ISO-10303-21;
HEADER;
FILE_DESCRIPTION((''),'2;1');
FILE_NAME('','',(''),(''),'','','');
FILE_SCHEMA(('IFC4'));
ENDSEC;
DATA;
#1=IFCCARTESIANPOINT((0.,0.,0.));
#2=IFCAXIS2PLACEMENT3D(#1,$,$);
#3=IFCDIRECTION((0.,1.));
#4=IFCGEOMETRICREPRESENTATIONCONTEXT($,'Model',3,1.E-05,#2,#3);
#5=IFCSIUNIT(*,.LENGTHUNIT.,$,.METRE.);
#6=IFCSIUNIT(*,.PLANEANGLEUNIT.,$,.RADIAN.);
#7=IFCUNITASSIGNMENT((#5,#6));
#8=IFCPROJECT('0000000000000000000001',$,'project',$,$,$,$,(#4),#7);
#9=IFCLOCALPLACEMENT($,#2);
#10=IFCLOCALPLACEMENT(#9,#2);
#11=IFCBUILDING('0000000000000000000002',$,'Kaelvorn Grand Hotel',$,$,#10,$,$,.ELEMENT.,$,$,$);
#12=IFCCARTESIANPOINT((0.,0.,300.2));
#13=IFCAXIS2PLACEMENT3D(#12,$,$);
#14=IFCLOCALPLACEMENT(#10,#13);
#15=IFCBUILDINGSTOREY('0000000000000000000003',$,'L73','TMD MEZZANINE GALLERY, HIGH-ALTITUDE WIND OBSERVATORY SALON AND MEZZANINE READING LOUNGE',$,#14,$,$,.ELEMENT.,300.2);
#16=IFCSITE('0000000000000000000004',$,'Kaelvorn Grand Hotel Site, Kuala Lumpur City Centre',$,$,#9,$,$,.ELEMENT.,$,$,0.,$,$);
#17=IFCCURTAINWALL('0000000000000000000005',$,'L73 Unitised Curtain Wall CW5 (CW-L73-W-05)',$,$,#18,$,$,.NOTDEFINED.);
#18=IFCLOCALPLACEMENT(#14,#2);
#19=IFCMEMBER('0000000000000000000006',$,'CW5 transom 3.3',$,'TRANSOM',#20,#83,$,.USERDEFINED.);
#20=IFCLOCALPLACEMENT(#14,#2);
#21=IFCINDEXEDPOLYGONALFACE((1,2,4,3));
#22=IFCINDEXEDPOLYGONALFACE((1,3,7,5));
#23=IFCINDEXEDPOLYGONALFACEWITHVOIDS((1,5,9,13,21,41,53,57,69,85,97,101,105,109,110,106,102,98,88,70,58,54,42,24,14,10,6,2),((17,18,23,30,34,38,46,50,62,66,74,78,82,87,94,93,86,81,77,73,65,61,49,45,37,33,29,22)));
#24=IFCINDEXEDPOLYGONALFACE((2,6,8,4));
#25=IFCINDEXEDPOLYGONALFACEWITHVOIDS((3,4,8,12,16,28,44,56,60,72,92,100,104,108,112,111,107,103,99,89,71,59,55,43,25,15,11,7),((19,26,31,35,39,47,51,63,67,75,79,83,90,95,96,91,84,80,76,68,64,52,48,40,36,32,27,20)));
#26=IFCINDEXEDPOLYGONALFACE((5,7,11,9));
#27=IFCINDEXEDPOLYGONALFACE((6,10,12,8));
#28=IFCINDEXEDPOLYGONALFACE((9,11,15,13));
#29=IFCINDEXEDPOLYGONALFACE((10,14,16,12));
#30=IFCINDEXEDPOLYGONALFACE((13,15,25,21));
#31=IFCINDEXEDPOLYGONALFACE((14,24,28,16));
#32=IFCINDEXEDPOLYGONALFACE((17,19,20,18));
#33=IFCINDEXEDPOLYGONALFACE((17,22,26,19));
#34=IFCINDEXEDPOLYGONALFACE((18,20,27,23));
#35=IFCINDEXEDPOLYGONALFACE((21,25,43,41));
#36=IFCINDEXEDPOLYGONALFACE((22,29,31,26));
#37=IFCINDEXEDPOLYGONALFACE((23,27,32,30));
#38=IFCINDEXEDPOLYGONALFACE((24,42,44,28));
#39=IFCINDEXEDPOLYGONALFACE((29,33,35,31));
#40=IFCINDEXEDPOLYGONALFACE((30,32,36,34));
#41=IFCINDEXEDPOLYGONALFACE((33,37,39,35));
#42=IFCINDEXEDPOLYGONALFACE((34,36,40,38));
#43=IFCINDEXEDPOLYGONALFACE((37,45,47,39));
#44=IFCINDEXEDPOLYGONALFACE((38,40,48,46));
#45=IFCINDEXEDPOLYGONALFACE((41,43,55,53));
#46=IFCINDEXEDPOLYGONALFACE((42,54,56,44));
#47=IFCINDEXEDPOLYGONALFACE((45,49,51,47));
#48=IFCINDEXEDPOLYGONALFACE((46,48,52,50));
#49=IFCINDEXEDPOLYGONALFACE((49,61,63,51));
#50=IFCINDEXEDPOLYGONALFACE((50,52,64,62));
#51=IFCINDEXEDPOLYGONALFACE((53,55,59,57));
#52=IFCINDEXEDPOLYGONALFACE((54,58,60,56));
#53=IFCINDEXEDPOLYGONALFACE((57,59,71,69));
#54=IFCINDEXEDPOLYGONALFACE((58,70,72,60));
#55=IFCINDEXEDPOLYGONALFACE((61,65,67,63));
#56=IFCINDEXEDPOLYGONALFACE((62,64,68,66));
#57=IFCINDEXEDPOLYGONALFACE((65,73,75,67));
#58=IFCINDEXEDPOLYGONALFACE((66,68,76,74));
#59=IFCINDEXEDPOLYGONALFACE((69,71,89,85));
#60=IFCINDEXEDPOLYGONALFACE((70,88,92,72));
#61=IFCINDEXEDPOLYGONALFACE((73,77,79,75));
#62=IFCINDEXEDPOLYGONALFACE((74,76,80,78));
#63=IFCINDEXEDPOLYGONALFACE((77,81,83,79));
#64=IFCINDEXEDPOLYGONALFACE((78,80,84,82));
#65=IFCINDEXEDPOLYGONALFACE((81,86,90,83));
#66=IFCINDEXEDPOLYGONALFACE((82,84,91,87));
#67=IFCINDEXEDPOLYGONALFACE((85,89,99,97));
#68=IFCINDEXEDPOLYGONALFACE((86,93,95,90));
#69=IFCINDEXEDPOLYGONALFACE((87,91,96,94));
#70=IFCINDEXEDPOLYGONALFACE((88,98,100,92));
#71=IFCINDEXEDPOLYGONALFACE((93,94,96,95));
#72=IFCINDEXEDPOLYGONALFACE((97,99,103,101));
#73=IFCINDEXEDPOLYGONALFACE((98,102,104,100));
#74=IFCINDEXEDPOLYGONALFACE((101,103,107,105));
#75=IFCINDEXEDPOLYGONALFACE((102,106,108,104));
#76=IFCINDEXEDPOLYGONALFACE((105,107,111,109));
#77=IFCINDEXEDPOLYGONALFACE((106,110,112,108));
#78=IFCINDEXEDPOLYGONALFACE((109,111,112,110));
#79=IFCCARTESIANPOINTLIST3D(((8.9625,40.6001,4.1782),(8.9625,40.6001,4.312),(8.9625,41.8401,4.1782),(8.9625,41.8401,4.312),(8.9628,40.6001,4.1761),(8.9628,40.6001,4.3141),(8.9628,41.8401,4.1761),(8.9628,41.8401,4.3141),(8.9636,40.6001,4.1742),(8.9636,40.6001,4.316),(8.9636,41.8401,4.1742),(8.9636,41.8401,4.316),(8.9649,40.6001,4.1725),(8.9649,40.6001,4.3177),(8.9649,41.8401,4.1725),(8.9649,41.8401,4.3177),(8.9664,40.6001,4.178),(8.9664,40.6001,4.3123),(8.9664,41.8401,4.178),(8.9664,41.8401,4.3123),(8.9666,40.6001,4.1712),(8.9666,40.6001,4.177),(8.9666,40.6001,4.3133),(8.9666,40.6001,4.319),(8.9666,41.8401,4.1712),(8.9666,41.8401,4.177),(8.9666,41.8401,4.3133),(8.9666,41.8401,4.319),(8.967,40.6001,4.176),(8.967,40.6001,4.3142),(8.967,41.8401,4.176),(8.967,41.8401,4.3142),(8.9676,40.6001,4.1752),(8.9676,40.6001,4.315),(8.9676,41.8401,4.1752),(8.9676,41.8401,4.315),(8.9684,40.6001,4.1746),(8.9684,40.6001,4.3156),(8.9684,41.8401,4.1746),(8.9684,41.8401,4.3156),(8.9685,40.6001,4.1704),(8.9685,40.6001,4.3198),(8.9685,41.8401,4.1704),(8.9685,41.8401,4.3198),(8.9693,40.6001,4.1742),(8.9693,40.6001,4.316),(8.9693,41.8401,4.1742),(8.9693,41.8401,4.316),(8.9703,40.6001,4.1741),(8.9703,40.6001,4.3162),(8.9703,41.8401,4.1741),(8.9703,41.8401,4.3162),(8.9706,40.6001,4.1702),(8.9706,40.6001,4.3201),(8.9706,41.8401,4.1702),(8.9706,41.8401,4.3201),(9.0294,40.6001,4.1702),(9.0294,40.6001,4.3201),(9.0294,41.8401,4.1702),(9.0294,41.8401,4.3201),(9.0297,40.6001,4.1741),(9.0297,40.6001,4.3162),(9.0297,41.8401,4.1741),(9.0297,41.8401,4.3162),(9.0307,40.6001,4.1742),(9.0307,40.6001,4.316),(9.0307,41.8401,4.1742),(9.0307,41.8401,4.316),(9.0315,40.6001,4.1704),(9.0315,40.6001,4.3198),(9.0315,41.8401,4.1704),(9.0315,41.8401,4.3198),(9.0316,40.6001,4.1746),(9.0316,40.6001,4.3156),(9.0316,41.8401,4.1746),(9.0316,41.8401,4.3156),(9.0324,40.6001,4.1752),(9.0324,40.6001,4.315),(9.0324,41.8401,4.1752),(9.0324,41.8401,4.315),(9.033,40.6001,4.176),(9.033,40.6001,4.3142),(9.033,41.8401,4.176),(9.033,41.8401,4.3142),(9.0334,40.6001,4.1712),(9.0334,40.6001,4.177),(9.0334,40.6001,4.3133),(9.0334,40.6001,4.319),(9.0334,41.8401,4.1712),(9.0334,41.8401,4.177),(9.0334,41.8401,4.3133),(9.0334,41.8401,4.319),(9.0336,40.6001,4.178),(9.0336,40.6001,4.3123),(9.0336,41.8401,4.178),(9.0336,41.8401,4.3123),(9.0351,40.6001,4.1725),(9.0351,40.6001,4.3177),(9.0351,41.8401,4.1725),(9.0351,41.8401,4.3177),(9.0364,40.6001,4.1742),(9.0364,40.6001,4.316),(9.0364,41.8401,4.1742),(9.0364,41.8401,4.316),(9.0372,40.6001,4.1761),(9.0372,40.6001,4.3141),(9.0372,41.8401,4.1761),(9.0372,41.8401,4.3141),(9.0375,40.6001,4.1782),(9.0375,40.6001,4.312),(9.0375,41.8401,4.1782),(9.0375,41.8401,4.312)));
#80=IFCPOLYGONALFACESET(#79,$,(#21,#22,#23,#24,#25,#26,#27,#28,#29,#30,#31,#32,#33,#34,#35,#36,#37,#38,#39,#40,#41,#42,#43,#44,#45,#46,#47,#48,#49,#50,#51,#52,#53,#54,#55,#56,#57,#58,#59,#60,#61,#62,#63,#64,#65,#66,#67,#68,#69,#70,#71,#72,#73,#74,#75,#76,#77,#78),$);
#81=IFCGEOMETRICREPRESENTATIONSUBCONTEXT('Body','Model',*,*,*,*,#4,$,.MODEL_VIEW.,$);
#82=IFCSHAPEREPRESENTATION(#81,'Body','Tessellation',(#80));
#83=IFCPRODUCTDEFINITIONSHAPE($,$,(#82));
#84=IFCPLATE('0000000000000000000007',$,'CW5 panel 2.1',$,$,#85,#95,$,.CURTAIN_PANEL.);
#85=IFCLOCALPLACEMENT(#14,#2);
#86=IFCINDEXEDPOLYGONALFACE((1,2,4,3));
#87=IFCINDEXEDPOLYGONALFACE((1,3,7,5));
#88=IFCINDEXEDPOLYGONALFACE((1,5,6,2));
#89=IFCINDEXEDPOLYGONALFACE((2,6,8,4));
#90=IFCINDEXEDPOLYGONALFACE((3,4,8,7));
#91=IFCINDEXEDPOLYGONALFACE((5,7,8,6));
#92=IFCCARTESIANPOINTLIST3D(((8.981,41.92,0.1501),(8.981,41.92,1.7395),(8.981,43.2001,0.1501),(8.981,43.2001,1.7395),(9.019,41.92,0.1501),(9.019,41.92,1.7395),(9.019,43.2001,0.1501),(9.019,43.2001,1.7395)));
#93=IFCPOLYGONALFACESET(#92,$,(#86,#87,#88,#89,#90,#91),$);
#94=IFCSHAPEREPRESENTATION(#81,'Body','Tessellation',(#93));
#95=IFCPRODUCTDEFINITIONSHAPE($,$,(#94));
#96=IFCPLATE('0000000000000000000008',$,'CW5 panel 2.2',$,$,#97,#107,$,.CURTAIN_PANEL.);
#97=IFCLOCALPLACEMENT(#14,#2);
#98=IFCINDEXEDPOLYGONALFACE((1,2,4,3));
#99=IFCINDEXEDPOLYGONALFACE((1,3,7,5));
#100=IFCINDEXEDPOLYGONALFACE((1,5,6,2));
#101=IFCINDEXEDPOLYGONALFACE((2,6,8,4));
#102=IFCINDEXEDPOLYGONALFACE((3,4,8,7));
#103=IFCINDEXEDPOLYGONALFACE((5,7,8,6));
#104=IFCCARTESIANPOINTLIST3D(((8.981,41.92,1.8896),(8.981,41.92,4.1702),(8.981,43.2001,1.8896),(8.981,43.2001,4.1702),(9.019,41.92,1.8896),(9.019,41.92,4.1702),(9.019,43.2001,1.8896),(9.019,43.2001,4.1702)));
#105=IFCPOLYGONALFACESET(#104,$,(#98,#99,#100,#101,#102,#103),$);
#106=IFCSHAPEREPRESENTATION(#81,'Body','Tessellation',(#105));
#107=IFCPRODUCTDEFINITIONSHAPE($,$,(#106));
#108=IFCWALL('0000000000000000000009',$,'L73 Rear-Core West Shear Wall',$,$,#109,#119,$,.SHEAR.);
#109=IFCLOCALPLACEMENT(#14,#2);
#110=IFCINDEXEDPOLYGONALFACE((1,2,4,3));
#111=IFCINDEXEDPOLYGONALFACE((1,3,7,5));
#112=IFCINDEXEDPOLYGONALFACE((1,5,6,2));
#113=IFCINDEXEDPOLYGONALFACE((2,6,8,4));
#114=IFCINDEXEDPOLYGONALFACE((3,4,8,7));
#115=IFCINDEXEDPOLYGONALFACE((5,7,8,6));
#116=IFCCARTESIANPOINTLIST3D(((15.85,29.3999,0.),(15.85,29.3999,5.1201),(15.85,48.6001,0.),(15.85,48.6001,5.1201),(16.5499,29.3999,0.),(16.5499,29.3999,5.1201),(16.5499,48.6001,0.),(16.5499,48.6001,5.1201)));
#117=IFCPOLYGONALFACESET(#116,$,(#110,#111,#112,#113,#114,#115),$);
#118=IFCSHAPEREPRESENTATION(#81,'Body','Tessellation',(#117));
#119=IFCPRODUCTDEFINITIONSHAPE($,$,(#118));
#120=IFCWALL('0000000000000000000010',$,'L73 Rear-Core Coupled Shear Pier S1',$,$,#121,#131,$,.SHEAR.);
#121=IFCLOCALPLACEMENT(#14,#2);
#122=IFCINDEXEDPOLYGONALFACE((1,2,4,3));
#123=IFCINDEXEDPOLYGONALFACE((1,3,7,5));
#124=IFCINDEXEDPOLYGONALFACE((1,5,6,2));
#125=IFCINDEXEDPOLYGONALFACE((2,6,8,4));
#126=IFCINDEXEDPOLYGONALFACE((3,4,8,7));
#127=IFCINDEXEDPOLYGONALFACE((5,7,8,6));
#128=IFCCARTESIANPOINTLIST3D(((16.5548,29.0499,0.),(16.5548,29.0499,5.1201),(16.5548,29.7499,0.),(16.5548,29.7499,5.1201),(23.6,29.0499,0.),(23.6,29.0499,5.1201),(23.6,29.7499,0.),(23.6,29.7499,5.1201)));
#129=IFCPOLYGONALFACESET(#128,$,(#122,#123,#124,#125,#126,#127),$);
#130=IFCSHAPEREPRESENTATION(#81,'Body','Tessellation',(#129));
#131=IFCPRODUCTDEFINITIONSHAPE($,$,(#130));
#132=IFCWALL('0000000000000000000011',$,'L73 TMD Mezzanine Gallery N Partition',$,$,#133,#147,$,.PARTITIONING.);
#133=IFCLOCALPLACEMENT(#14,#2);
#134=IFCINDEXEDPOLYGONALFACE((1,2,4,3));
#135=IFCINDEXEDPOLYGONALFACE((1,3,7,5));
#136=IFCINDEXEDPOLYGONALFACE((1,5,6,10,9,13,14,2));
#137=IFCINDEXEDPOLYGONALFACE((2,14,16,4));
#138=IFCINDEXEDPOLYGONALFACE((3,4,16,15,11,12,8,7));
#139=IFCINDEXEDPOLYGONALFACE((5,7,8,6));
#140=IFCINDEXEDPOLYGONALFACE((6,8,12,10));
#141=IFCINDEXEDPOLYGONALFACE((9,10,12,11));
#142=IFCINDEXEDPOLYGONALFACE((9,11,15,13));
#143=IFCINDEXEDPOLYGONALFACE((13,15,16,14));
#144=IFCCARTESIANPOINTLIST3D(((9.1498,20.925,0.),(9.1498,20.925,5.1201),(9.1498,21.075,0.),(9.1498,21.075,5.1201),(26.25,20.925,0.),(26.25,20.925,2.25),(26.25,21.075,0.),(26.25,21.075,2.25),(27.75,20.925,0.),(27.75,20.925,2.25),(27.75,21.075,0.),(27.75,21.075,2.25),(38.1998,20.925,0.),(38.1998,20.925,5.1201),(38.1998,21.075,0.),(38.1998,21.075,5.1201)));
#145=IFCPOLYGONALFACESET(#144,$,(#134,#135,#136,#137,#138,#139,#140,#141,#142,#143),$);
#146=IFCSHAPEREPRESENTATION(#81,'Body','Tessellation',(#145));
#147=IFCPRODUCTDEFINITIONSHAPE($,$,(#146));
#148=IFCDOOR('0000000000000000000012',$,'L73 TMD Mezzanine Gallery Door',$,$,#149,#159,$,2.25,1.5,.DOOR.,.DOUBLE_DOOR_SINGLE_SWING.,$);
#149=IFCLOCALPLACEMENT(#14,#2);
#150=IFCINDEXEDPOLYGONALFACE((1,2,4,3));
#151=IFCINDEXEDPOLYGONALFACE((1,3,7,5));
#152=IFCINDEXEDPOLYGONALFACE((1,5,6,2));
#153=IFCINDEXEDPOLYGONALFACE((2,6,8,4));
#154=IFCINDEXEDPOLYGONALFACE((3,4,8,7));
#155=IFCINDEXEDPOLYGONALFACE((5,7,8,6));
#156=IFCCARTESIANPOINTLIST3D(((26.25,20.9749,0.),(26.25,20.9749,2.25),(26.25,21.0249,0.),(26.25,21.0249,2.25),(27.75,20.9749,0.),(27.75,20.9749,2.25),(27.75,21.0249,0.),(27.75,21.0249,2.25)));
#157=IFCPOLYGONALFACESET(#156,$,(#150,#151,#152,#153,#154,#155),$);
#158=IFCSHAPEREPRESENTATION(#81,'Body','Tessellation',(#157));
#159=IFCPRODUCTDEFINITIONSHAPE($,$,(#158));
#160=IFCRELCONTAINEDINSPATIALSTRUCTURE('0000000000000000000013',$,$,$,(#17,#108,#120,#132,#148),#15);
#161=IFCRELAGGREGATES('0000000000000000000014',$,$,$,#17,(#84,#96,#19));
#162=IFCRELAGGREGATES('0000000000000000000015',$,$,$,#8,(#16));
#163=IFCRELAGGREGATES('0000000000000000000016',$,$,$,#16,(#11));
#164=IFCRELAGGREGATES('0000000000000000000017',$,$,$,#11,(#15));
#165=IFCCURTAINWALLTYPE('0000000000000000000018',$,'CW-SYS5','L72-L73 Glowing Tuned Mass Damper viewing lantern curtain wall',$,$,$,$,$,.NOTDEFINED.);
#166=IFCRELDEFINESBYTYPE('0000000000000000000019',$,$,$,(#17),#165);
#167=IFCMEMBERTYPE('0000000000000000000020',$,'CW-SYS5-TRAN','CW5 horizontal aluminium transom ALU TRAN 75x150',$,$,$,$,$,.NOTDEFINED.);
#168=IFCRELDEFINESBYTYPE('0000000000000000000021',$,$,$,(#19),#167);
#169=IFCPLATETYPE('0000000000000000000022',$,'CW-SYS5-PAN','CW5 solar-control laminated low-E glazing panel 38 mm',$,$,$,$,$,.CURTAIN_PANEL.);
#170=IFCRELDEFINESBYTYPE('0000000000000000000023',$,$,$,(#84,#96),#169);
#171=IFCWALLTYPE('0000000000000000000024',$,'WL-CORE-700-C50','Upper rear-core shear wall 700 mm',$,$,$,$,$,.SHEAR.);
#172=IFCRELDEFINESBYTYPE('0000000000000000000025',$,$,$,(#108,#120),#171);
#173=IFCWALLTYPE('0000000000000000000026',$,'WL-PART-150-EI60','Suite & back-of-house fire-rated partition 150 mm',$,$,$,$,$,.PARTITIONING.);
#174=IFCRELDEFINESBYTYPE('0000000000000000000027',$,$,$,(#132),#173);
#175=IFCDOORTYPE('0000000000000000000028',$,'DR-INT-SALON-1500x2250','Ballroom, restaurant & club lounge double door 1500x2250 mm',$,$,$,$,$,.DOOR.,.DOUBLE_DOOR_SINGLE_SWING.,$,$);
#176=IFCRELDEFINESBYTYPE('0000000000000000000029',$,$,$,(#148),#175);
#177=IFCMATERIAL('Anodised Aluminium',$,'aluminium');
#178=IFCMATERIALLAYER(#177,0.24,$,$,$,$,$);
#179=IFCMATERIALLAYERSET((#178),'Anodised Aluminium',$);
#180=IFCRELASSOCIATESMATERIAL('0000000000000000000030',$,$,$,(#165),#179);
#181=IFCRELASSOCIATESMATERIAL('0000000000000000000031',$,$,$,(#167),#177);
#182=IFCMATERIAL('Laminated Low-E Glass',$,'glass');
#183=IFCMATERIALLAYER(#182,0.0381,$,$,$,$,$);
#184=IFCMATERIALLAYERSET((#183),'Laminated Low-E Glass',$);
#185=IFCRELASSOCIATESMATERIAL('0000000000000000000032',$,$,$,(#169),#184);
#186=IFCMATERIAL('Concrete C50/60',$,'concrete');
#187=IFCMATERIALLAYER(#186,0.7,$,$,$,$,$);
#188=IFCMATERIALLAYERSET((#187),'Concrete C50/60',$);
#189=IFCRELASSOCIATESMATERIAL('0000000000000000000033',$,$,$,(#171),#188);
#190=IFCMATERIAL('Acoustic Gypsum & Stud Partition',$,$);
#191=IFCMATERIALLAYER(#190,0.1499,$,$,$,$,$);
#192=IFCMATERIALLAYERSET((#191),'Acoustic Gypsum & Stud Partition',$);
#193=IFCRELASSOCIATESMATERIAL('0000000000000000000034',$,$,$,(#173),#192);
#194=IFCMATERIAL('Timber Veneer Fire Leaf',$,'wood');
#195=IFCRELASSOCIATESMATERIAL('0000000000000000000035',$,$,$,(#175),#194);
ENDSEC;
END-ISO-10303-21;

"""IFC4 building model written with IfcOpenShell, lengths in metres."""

from ifc_helpers import new_model, si_unit, direction, frame, frame_2d, origin, origin_2d, place, context, subcontext, project, spatial, rectangle, hollow_rectangle, extrude, material, layer, layer_set, material_profile, profile_set, type_object, element, fill, aggregate, save


model = new_model("IFC4")

# Units and contexts
model_context = context("Model", 3, precision=1e-05, world=origin(), true_north=direction((0.0, 1.0)))
body_context = subcontext(model_context, "Body", "Model", "MODEL_VIEW")
ifc_project = project(units=[si_unit("LENGTHUNIT", "METRE"), si_unit("PLANEANGLEUNIT", "RADIAN")], contexts=[model_context])

# Site, building, storey
site_placement = place(None, origin())
site = spatial("IfcSite", under=ifc_project, at=site_placement, Name="Kaelvorn Grand Hotel Site, Kuala Lumpur City Centre", CompositionType="ELEMENT", RefElevation=0.0)
building_placement = place(site_placement, origin())
building = spatial("IfcBuilding", under=site, at=building_placement, Name="Kaelvorn Grand Hotel", CompositionType="ELEMENT")
storey_placement = place(building_placement, frame((0.0, 0.0, 300.2)))
storey = spatial("IfcBuildingStorey", under=building, at=storey_placement, Name="L73", Description="TMD MEZZANINE GALLERY, HIGH-ALTITUDE WIND OBSERVATORY SALON AND MEZZANINE READING LOUNGE", CompositionType="ELEMENT", Elevation=300.2)

# Shared definitions
ifc_material_1 = material(Name="Concrete C50/60", Category="concrete")

# Curtain wall, member, plates
ifc_material_2 = material(Name="Anodised Aluminium", Category="aluminium")
ifc_layer_1 = layer(ifc_material_2, 0.24)
ifc_layer_set_1 = layer_set([ifc_layer_1], Name="Anodised Aluminium")
curtain_wall_type = type_object("IfcCurtainWallType", Name="CW-SYS5", Description="L72-L73 Glowing Tuned Mass Damper viewing lantern curtain wall", PredefinedType="NOTDEFINED", material=ifc_layer_set_1)
curtain_wall_placement = place(storey_placement, origin())
curtain_wall = element("IfcCurtainWall", 1, at=curtain_wall_placement, inside=storey, type_object=curtain_wall_type, Name="L73 Unitised Curtain Wall CW5 (CW-L73-W-05)", PredefinedType="NOTDEFINED")
ifc_material_profile_1 = material_profile(ifc_material_2, hollow_rectangle(XDim=0.075, YDim=0.1499, WallThickness=0.0039, InnerFilletRadius=0.0039, OuterFilletRadius=0.0081, at=origin_2d()), Name="ALU TRAN 75x150")
ifc_profile_set_1 = profile_set([ifc_material_profile_1], Name="Anodised Aluminium")
member_type_1 = type_object("IfcMemberType", Name="CW-SYS5-TRAN", Description="CW5 horizontal aluminium transom ALU TRAN 75x150", PredefinedType="NOTDEFINED", material=ifc_profile_set_1)
member_1_placement = place(storey_placement, frame((9.0, 41.8401, 4.2451), z_axis=(0.0, -1.0, 0.0), x_axis=(1.0, 0.0, 0.0)))
member_1 = element("IfcMember", 2, at=member_1_placement, type_object=member_type_1, Name="CW5 transom 3.3", ObjectType="TRANSOM", PredefinedType="USERDEFINED", context=body_context, shape_type="SweptSolid", body=[
    extrude(hollow_rectangle(XDim=0.075, YDim=0.1499, WallThickness=0.0039, InnerFilletRadius=0.0039, OuterFilletRadius=0.0081, at=origin_2d()), origin(), (0.0, 0.0, 1.0), 1.24),
])
ifc_material_3 = material(Name="Laminated Low-E Glass", Category="glass")
ifc_layer_2 = layer(ifc_material_3, 0.0381)
ifc_layer_set_2 = layer_set([ifc_layer_2], Name="Laminated Low-E Glass")
plate_type = type_object("IfcPlateType", Name="CW-SYS5-PAN", Description="CW5 solar-control laminated low-E glazing panel 38 mm", PredefinedType="CURTAIN_PANEL", material=ifc_layer_set_2)
plate_1_placement = place(storey_placement, frame((9.0, 42.5601, 0.1501), z_axis=(0.0, 0.0, 1.0), x_axis=(0.0, -1.0, 0.0)))
plate_1 = element("IfcPlate", 3, at=plate_1_placement, type_object=plate_type, Name="CW5 panel 2.1", PredefinedType="CURTAIN_PANEL", context=body_context, shape_type="SweptSolid", body=[
    extrude(rectangle(XDim=1.28, YDim=0.0381, at=origin_2d()), origin(), (0.0, 0.0, 1.0), 1.5894),
])
plate_2_placement = place(storey_placement, frame((9.0, 42.5601, 1.8896), z_axis=(0.0, 0.0, 1.0), x_axis=(0.0, -1.0, 0.0)))
plate_2 = element("IfcPlate", 4, at=plate_2_placement, type_object=plate_type, Name="CW5 panel 2.2", PredefinedType="CURTAIN_PANEL", context=body_context, shape_type="SweptSolid", body=[
    extrude(rectangle(XDim=1.28, YDim=0.0381, at=origin_2d()), origin(), (0.0, 0.0, 1.0), 2.2805),
])
aggregate(curtain_wall, [plate_1, plate_2, member_1])

# Walls
ifc_layer_3 = layer(ifc_material_1, 0.7)
ifc_layer_set_3 = layer_set([ifc_layer_3], Name="Concrete C50/60")
wall_type_1 = type_object("IfcWallType", Name="WL-CORE-700-C50", Description="Upper rear-core shear wall 700 mm", PredefinedType="SHEAR", material=ifc_layer_set_3)
wall_1_placement = place(storey_placement, frame((16.2, 29.3999, 0.0), z_axis=(0.0, 0.0, 1.0), x_axis=(0.0, 1.0, 0.0)))
element("IfcWall", 5, at=wall_1_placement, inside=storey, type_object=wall_type_1, Name="L73 Rear-Core West Shear Wall", PredefinedType="SHEAR", context=body_context, shape_type="SweptSolid", body=[
    extrude(rectangle(XDim=19.2002, YDim=0.7, at=frame_2d((9.6001, 0.0))), origin(), (0.0, 0.0, 1.0), 5.1201),
])
wall_2_placement = place(storey_placement, frame((16.5549, 29.3999, 0.0), z_axis=(0.0, 0.0, 1.0), x_axis=(1.0, 0.0, 0.0)))
element("IfcWall", 6, at=wall_2_placement, inside=storey, type_object=wall_type_1, Name="L73 Rear-Core Coupled Shear Pier S1", PredefinedType="SHEAR", context=body_context, shape_type="SweptSolid", body=[
    extrude(rectangle(XDim=7.0452, YDim=0.7, at=frame_2d((3.5225, 0.0))), origin(), (0.0, 0.0, 1.0), 5.1201),
])

# Wall, opening, door
ifc_material_4 = material(Name="Acoustic Gypsum & Stud Partition")
ifc_layer_4 = layer(ifc_material_4, 0.1499)
ifc_layer_set_4 = layer_set([ifc_layer_4], Name="Acoustic Gypsum & Stud Partition")
wall_type_2 = type_object("IfcWallType", Name="WL-PART-150-EI60", Description="Suite & back-of-house fire-rated partition 150 mm", PredefinedType="PARTITIONING", material=ifc_layer_set_4)
wall_3_placement = place(storey_placement, frame((9.1499, 21.0, 0.0), z_axis=(0.0, 0.0, 1.0), x_axis=(1.0, 0.0, 0.0)))
wall_3 = element("IfcWall", 7, at=wall_3_placement, inside=storey, type_object=wall_type_2, Name="L73 TMD Mezzanine Gallery N Partition", PredefinedType="PARTITIONING", context=body_context, shape_type="SweptSolid", body=[
    extrude(rectangle(XDim=29.05, YDim=0.1499, at=frame_2d((14.5249, 0.0))), origin(), (0.0, 0.0, 1.0), 5.1201),
])
opening_1_placement = place(wall_3_placement, frame((17.1001, 0.0, 0.0)))
opening_1 = element("IfcOpeningElement", 8, at=opening_1_placement, cuts=wall_3, PredefinedType="OPENING", context=body_context, shape_type="SweptSolid", body=[
    extrude(rectangle(XDim=1.5, YDim=2.25, at=frame_2d((0.75, 1.125))), frame((0.0, 0.085, 0.0), z_axis=(0.0, -1.0, 0.0), x_axis=(1.0, 0.0, 0.0)), (0.0, 0.0, 1.0), 0.1699),
])
ifc_material_5 = material(Name="Timber Veneer Fire Leaf", Category="wood")
door_type_1 = type_object("IfcDoorType", Name="DR-INT-SALON-1500x2250", Description="Ballroom, restaurant & club lounge double door 1500x2250 mm", OperationType="DOUBLE_DOOR_SINGLE_SWING", PredefinedType="DOOR", material=ifc_material_5)
door_1_placement = place(opening_1_placement, origin())
door_1 = element("IfcDoor", 9, at=door_1_placement, inside=storey, type_object=door_type_1, Name="L73 TMD Mezzanine Gallery Door", OperationType="DOUBLE_DOOR_SINGLE_SWING", OverallHeight=2.25, OverallWidth=1.5, PredefinedType="DOOR", context=body_context, shape_type="SweptSolid", body=[
    extrude(rectangle(XDim=1.5, YDim=2.25, at=frame_2d((0.75, 1.125))), frame((0.0, 0.0249, 0.0), z_axis=(0.0, -1.0, 0.0), x_axis=(1.0, 0.0, 0.0)), (0.0, 0.0, 1.0), 0.05),
])
fill(opening_1, door_1)

save(model, "model.ifc")
